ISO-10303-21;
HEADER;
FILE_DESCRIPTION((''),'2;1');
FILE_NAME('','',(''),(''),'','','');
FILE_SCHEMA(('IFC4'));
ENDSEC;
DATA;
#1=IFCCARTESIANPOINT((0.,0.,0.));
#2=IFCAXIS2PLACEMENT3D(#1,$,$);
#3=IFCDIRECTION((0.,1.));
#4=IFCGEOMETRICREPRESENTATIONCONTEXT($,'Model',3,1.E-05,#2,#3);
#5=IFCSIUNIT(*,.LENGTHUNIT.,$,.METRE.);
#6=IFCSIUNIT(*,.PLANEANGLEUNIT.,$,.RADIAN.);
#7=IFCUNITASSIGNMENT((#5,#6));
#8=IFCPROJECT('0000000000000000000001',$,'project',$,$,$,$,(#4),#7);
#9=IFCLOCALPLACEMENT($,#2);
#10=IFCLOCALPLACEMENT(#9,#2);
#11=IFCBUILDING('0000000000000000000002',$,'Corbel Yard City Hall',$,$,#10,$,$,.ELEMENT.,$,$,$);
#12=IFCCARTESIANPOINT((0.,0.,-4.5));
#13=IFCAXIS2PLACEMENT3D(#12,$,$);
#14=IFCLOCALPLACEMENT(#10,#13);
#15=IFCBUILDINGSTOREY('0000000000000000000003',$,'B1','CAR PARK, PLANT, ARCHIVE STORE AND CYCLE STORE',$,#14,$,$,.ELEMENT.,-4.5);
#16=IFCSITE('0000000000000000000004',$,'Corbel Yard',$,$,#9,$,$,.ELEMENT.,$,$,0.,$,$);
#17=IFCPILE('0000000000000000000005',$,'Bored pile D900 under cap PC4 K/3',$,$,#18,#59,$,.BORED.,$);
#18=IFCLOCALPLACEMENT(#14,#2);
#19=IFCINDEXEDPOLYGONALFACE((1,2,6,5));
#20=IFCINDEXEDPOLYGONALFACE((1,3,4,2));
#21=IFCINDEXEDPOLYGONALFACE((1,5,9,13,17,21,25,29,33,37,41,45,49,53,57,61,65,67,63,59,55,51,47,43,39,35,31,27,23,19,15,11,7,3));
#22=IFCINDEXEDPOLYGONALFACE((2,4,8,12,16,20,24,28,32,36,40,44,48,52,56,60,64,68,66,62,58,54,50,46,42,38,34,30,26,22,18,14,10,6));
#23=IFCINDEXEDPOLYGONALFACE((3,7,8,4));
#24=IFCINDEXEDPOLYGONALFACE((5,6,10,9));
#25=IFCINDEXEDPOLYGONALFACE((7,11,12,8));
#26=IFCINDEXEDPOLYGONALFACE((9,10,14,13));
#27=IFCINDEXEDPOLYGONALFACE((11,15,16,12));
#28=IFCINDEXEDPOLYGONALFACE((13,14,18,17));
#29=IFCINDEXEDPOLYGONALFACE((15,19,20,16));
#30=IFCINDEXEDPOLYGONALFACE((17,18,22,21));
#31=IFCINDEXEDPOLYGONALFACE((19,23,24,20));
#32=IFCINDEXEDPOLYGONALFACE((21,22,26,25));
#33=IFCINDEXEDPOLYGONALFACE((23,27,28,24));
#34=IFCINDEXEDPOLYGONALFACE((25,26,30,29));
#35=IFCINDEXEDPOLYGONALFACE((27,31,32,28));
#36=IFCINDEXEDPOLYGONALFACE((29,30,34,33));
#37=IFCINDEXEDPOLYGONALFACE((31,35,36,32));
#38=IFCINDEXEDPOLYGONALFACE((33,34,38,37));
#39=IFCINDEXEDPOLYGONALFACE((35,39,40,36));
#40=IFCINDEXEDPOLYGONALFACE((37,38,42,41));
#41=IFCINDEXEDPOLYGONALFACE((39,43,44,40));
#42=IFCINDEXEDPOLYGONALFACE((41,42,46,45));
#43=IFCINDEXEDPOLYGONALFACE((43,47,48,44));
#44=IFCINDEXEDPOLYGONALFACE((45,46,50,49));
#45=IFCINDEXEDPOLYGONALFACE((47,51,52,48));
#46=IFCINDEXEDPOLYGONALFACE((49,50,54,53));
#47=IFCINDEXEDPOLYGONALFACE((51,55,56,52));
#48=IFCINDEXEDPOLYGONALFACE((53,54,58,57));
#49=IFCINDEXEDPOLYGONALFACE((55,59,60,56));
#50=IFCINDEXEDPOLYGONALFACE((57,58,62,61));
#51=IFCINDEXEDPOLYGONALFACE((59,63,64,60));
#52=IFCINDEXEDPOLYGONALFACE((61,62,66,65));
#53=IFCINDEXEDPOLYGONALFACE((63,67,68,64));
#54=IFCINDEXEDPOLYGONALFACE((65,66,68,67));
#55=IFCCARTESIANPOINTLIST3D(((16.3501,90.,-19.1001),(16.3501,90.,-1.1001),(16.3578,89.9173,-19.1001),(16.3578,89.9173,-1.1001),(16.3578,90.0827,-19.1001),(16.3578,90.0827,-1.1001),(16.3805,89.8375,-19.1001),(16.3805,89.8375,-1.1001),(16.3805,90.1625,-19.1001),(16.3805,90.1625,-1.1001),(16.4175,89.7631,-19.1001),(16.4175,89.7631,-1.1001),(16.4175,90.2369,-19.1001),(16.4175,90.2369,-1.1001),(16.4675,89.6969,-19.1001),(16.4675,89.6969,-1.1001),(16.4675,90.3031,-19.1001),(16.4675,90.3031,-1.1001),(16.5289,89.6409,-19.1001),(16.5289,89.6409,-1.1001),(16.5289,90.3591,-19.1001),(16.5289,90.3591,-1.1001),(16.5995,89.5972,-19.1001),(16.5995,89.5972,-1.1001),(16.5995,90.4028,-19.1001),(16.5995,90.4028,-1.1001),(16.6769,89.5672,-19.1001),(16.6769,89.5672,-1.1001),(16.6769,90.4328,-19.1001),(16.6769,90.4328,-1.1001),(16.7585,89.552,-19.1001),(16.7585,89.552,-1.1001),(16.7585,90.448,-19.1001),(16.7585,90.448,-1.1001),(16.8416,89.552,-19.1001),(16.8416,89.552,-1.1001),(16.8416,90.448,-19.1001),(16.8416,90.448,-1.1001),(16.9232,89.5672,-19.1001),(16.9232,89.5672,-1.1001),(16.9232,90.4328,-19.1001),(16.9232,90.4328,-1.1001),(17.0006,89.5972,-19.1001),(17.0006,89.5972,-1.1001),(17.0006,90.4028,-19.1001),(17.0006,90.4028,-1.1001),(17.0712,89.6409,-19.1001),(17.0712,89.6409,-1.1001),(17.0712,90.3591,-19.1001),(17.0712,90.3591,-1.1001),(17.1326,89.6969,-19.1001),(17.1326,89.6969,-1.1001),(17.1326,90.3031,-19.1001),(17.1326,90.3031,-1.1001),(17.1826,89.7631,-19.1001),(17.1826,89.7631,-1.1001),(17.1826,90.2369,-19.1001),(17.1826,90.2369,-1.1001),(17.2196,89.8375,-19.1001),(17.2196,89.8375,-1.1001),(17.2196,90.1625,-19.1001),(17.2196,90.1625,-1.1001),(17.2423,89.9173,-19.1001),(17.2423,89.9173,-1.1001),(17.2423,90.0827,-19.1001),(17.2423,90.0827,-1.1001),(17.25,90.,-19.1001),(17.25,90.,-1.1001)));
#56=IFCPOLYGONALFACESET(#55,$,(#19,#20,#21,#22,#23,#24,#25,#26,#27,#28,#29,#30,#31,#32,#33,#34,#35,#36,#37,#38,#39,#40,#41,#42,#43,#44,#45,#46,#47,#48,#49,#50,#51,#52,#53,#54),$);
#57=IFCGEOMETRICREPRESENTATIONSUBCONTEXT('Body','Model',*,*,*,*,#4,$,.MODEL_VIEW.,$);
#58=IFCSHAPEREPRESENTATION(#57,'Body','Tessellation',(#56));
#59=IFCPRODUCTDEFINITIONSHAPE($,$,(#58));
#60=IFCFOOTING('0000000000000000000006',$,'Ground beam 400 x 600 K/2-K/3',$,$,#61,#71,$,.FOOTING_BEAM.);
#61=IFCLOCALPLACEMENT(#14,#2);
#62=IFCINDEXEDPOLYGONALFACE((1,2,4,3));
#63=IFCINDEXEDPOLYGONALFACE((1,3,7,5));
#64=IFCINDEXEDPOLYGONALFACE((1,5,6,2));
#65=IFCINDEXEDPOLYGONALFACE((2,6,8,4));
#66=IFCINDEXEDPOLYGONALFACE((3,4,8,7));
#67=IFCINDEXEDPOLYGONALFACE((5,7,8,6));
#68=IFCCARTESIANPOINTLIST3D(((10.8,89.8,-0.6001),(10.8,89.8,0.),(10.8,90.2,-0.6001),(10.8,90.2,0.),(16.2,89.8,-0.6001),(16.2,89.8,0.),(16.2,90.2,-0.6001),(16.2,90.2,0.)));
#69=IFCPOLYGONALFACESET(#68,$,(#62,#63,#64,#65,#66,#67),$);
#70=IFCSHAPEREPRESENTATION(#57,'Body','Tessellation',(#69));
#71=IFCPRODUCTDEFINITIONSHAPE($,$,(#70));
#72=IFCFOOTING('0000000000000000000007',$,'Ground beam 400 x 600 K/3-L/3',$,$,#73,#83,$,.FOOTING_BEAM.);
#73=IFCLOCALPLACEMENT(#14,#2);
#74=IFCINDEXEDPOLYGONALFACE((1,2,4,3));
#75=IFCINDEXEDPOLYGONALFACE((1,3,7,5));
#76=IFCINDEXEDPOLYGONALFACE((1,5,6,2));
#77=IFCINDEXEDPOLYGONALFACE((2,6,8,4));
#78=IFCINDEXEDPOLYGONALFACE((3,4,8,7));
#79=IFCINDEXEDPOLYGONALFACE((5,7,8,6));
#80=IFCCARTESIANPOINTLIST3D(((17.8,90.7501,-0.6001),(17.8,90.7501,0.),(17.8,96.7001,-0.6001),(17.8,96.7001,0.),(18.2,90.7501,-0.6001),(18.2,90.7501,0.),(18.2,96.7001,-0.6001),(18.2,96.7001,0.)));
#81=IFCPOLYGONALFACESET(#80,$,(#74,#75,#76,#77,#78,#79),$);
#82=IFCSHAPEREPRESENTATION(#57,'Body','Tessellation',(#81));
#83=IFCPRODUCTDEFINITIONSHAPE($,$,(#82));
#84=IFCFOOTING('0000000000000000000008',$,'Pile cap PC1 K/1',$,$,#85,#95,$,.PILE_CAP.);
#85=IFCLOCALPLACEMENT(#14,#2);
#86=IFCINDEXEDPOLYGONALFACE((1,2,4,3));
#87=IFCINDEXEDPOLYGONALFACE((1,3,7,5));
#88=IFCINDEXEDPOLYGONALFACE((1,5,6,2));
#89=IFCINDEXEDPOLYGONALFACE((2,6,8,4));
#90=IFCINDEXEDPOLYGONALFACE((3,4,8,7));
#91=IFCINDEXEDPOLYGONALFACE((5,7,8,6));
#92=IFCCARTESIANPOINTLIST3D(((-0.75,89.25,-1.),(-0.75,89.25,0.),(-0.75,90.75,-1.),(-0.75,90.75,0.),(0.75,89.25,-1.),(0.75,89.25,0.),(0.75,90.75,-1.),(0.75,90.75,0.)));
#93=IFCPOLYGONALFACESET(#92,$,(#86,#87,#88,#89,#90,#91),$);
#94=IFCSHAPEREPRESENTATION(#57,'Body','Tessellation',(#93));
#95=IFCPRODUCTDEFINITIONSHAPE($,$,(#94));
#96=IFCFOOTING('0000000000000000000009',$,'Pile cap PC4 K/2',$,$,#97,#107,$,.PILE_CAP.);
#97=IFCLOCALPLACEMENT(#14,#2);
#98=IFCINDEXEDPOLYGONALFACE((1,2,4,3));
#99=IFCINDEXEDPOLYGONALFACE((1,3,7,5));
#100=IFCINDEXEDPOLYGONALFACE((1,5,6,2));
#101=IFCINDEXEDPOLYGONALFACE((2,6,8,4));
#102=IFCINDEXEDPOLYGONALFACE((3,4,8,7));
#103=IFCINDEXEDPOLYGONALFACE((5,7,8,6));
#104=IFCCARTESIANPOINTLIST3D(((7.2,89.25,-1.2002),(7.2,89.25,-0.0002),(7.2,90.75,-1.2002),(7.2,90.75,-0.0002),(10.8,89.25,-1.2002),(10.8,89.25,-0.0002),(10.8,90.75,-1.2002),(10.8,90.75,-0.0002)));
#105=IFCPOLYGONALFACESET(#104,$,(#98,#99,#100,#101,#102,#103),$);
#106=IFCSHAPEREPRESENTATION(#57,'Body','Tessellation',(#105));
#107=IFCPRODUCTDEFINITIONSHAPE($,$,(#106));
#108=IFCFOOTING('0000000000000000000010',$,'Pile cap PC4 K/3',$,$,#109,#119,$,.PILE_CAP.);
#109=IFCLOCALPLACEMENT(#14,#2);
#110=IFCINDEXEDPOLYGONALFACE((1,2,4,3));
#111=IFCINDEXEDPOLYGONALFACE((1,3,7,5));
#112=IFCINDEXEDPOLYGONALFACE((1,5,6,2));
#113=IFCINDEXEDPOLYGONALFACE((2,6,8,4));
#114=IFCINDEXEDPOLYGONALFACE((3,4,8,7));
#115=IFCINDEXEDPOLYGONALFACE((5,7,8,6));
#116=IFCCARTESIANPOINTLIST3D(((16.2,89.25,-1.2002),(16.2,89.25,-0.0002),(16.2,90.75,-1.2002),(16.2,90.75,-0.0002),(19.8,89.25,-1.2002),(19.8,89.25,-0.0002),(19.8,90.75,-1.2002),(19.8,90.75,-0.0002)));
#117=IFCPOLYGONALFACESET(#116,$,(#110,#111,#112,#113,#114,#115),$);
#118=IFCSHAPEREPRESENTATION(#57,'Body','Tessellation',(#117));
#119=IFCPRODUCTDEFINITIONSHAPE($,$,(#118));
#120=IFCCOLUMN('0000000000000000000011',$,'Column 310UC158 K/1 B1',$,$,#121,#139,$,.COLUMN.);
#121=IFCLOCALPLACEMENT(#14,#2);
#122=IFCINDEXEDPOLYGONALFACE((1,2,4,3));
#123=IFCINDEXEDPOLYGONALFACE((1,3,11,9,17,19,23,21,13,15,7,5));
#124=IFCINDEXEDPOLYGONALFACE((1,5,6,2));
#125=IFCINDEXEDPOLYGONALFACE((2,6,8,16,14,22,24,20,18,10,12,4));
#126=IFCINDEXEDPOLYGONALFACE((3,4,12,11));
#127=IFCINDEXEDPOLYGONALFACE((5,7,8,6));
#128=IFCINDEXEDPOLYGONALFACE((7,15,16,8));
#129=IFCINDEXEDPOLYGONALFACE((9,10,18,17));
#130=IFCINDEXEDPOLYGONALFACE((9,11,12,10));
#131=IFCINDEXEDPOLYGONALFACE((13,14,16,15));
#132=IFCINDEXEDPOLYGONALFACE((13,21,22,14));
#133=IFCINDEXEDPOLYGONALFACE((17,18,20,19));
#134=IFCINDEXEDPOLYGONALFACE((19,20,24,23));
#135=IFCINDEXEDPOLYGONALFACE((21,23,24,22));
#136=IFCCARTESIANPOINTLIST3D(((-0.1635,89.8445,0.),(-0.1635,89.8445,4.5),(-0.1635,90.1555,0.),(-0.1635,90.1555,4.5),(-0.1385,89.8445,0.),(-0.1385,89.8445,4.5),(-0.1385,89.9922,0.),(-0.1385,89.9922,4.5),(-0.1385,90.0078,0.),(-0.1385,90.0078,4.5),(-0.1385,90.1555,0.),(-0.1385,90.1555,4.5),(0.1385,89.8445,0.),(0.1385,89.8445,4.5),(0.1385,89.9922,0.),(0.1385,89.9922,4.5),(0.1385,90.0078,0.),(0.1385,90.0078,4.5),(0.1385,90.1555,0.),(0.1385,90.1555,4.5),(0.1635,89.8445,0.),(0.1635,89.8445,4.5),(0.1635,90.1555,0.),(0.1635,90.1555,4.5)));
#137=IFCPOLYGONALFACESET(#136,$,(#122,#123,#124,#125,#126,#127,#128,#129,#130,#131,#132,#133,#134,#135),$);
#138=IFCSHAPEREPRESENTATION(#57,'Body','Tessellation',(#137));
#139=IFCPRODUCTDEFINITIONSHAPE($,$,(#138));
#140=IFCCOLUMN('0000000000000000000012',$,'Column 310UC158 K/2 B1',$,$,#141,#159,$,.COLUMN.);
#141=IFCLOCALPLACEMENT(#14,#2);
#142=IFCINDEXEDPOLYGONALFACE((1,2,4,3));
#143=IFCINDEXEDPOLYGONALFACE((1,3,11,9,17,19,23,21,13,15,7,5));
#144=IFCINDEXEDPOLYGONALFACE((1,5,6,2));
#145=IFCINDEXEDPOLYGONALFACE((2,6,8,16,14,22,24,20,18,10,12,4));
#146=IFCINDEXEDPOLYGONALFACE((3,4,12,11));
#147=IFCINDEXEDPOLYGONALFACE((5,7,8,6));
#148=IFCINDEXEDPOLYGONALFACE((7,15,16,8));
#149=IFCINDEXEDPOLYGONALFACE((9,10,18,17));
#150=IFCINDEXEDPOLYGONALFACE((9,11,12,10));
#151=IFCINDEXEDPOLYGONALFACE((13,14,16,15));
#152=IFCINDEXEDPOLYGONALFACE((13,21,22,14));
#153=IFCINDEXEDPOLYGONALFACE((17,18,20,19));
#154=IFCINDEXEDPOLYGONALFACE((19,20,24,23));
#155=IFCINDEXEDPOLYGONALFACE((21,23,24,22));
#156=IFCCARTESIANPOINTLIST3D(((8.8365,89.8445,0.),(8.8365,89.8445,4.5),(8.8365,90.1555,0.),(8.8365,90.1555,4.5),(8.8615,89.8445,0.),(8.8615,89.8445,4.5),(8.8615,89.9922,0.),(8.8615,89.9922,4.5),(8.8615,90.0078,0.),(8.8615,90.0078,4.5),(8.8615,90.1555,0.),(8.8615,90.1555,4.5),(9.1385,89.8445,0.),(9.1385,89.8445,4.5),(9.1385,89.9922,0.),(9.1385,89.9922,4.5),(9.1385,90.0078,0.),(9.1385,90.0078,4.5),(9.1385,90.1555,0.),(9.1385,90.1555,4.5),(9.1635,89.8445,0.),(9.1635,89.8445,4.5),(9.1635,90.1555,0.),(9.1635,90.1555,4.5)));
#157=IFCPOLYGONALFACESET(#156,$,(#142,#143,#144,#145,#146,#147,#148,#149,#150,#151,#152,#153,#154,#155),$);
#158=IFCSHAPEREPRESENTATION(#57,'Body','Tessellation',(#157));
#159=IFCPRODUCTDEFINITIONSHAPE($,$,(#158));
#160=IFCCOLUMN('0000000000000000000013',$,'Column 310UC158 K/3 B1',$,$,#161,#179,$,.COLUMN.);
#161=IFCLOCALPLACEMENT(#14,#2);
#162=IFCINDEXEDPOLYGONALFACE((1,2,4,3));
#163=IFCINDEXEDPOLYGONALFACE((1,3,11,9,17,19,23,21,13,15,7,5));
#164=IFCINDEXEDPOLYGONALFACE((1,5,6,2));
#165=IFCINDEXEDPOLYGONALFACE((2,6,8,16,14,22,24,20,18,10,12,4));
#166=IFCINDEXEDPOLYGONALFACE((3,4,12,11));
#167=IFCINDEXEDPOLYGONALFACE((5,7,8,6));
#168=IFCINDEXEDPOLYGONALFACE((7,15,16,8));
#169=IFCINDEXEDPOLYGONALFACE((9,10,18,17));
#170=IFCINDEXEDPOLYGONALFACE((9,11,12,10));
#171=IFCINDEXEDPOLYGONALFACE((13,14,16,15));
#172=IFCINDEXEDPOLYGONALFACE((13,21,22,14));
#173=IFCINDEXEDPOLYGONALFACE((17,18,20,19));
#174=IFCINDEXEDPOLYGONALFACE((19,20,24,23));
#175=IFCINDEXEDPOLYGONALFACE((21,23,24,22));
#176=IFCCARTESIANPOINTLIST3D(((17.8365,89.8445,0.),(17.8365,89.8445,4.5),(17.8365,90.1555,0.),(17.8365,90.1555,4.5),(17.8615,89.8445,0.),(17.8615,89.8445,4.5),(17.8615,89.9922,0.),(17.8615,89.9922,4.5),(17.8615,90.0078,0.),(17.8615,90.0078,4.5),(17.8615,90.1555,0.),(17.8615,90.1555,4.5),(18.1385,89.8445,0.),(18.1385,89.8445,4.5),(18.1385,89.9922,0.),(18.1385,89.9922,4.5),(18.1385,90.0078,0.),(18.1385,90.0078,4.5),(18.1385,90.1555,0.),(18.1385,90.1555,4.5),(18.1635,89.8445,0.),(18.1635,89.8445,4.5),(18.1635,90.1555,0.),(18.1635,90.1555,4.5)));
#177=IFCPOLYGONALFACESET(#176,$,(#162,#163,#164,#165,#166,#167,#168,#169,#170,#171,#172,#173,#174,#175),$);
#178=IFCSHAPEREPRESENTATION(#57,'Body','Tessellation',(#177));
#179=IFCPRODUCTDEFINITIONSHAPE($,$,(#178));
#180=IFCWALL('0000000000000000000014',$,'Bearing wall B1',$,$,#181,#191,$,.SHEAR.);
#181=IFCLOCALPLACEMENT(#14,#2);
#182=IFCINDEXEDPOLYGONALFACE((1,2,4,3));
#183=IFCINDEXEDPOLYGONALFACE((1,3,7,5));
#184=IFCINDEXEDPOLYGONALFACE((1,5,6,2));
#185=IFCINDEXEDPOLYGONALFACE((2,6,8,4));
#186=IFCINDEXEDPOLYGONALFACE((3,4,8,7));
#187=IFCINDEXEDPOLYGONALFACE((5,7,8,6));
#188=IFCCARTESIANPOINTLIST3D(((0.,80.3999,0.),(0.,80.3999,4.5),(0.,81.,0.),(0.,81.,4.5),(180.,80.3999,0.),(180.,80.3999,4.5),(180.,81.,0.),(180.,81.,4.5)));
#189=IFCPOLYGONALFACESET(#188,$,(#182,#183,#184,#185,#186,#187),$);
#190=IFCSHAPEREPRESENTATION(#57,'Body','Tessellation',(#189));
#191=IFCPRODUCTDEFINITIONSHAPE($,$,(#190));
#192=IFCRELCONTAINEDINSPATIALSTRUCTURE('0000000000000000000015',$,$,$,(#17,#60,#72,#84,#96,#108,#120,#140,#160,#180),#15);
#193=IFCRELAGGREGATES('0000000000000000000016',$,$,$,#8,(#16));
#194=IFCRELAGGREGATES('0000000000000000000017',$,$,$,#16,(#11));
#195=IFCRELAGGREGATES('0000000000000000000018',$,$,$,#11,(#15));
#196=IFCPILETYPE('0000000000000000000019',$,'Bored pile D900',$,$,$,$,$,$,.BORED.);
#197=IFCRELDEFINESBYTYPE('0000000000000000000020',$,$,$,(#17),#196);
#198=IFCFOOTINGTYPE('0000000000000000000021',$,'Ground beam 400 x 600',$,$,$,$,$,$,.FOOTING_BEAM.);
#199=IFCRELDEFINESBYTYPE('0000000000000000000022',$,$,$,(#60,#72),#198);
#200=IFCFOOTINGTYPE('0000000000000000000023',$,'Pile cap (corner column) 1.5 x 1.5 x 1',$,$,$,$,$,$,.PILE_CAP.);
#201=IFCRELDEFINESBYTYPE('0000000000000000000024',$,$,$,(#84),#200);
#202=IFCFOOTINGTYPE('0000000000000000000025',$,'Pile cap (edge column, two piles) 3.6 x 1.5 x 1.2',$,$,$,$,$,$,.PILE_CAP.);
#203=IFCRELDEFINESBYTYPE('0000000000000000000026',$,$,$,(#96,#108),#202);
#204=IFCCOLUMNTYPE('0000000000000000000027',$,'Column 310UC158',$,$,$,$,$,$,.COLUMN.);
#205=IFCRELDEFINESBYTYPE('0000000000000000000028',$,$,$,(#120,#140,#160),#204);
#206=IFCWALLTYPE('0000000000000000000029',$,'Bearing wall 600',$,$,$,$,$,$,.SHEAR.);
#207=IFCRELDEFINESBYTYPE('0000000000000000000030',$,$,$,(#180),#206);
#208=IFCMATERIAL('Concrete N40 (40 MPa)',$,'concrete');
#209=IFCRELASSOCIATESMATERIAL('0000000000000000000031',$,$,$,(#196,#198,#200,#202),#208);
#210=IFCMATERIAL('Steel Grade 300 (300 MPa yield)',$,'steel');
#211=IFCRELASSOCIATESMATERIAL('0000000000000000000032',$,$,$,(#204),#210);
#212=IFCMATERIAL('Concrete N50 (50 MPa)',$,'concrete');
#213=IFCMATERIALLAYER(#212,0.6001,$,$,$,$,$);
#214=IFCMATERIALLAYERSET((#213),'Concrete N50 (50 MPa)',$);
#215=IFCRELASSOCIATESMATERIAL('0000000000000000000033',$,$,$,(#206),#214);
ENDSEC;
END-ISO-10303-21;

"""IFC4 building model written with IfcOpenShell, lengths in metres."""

from ifc_helpers import new_model, si_unit, direction, frame, frame_2d, origin, origin_2d, place, context, subcontext, project, spatial, rectangle, circle, i_section, extrude, material, layer, layer_set, material_profile, profile_set, type_object, element, save


model = new_model("IFC4")

# Units and contexts
model_context = context("Model", 3, precision=1e-05, world=origin(), true_north=direction((0.0, 1.0)))
body_context = subcontext(model_context, "Body", "Model", "MODEL_VIEW")
ifc_project = project(units=[si_unit("LENGTHUNIT", "METRE"), si_unit("PLANEANGLEUNIT", "RADIAN")], contexts=[model_context])

# Site, building, storey
site_placement = place(None, origin())
site = spatial("IfcSite", under=ifc_project, at=site_placement, Name="Corbel Yard", CompositionType="ELEMENT", RefElevation=0.0)
building_placement = place(site_placement, origin())
building = spatial("IfcBuilding", under=site, at=building_placement, Name="Corbel Yard City Hall", CompositionType="ELEMENT")
storey_placement = place(building_placement, frame((0.0, 0.0, -4.5)))
storey = spatial("IfcBuildingStorey", under=building, at=storey_placement, Name="B1", Description="CAR PARK, PLANT, ARCHIVE STORE AND CYCLE STORE", CompositionType="ELEMENT", Elevation=-4.5)

# Pile
ifc_material_1 = material(Name="Concrete N40 (40 MPa)", Category="concrete")
ifc_material_profile_1 = material_profile(ifc_material_1, circle(Radius=0.45, at=origin_2d()), Name="D900")
ifc_profile_set_1 = profile_set([ifc_material_profile_1], Name="Concrete N40 (40 MPa)")
pile_type_1 = type_object("IfcPileType", Name="Bored pile D900", PredefinedType="BORED", material=ifc_profile_set_1)
for number, where, z_axis, x_axis, name in (
    (1, (16.8, 90.0, -1.1001), (0.0, 0.0, -1.0), (1.0, 0.0, 0.0), "Bored pile D900 under cap PC4 K/3"),
):
    element("IfcPile", number, at=place(storey_placement, frame(where, z_axis=z_axis, x_axis=x_axis)), inside=storey, type_object=pile_type_1, Name=name, PredefinedType="BORED", context=body_context, shape_type="SweptSolid", body=[
        extrude(circle(Radius=0.45, at=origin_2d()), origin(), (0.0, 0.0, 1.0), 18.0),
    ])

# Footings
footing_type_1 = type_object("IfcFootingType", Name="Ground beam 400 x 600", PredefinedType="FOOTING_BEAM", material=ifc_material_1)
footing_1_placement = place(storey_placement, frame((13.5, 90.0, -0.6001), z_axis=(0.0, 0.0, 1.0), x_axis=(1.0, 0.0, 0.0)))
element("IfcFooting", 2, at=footing_1_placement, inside=storey, type_object=footing_type_1, Name="Ground beam 400 x 600 K/2-K/3", PredefinedType="FOOTING_BEAM", context=body_context, shape_type="SweptSolid", body=[
    extrude(rectangle(XDim=5.3999, YDim=0.3999, at=origin_2d()), origin(), (0.0, 0.0, 1.0), 0.6001),
])
footing_2_placement = place(storey_placement, frame((18.0, 93.7251, -0.6001), z_axis=(0.0, 0.0, 1.0), x_axis=(1.0, 0.0, 0.0)))
element("IfcFooting", 3, at=footing_2_placement, inside=storey, type_object=footing_type_1, Name="Ground beam 400 x 600 K/3-L/3", PredefinedType="FOOTING_BEAM", context=body_context, shape_type="SweptSolid", body=[
    extrude(rectangle(XDim=0.3999, YDim=5.95, at=origin_2d()), origin(), (0.0, 0.0, 1.0), 0.6001),
])
footing_type_2 = type_object("IfcFootingType", Name="Pile cap (corner column) 1.5 x 1.5 x 1", PredefinedType="PILE_CAP", material=ifc_material_1)
footing_3_placement = place(storey_placement, frame((0.0, 90.0, -1.0), z_axis=(0.0, 0.0, 1.0), x_axis=(1.0, 0.0, 0.0)))
element("IfcFooting", 4, at=footing_3_placement, inside=storey, type_object=footing_type_2, Name="Pile cap PC1 K/1", PredefinedType="PILE_CAP", context=body_context, shape_type="SweptSolid", body=[
    extrude(rectangle(XDim=1.5, YDim=1.5, at=origin_2d()), origin(), (0.0, 0.0, 1.0), 1.0),
])
footing_type_3 = type_object("IfcFootingType", Name="Pile cap (edge column, two piles) 3.6 x 1.5 x 1.2", PredefinedType="PILE_CAP", material=ifc_material_1)
for number, where, z_axis, x_axis, name in (
    (5, (9.0, 90.0, -1.2002), (0.0, 0.0, 1.0), (1.0, 0.0, 0.0), "Pile cap PC4 K/2"),
    (6, (18.0, 90.0, -1.2002), (0.0, 0.0, 1.0), (1.0, 0.0, 0.0), "Pile cap PC4 K/3"),
):
    element("IfcFooting", number, at=place(storey_placement, frame(where, z_axis=z_axis, x_axis=x_axis)), inside=storey, type_object=footing_type_3, Name=name, PredefinedType="PILE_CAP", context=body_context, shape_type="SweptSolid", body=[
        extrude(rectangle(XDim=3.6001, YDim=1.5, at=origin_2d()), origin(), (0.0, 0.0, 1.0), 1.2),
    ])

# Columns
ifc_material_2 = material(Name="Steel Grade 300 (300 MPa yield)", Category="steel")
ifc_material_profile_2 = material_profile(ifc_material_2, i_section(OverallWidth=0.311, OverallDepth=0.3269, WebThickness=0.0156, FlangeThickness=0.0249, at=origin_2d()), Name="310UC158")
ifc_profile_set_2 = profile_set([ifc_material_profile_2], Name="Steel Grade 300 (300 MPa yield)")
column_type = type_object("IfcColumnType", Name="Column 310UC158", PredefinedType="COLUMN", material=ifc_profile_set_2)
for number, where, z_axis, x_axis, name in (
    (7, (0.0, 90.0, 0.0), (0.0, 0.0, 1.0), (0.0, 1.0, 0.0), "Column 310UC158 K/1 B1"),
    (8, (9.0, 90.0, 0.0), (0.0, 0.0, 1.0), (0.0, 1.0, 0.0), "Column 310UC158 K/2 B1"),
    (9, (18.0, 90.0, 0.0), (0.0, 0.0, 1.0), (0.0, 1.0, 0.0), "Column 310UC158 K/3 B1"),
):
    element("IfcColumn", number, at=place(storey_placement, frame(where, z_axis=z_axis, x_axis=x_axis)), inside=storey, type_object=column_type, Name=name, PredefinedType="COLUMN", context=body_context, shape_type="SweptSolid", body=[
        extrude(i_section(OverallWidth=0.311, OverallDepth=0.3269, WebThickness=0.0156, FlangeThickness=0.0249, at=origin_2d()), origin(), (0.0, 0.0, 1.0), 4.5),
    ])

# Wall
ifc_material_3 = material(Name="Concrete N50 (50 MPa)", Category="concrete")
ifc_layer_1 = layer(ifc_material_3, 0.6001)
ifc_layer_set_1 = layer_set([ifc_layer_1], Name="Concrete N50 (50 MPa)")
wall_type_1 = type_object("IfcWallType", Name="Bearing wall 600", PredefinedType="SHEAR", material=ifc_layer_set_1)
wall_1_placement = place(storey_placement, frame((0.0, 80.7, 0.0), z_axis=(0.0, 0.0, 1.0), x_axis=(1.0, 0.0, 0.0)))
element("IfcWall", 10, at=wall_1_placement, inside=storey, type_object=wall_type_1, Name="Bearing wall B1", PredefinedType="SHEAR", context=body_context, shape_type="SweptSolid", body=[
    extrude(rectangle(XDim=180.0, YDim=0.6001, at=frame_2d((90.0, 0.0))), origin(), (0.0, 0.0, 1.0), 4.5),
])

save(model, "model.ifc")
